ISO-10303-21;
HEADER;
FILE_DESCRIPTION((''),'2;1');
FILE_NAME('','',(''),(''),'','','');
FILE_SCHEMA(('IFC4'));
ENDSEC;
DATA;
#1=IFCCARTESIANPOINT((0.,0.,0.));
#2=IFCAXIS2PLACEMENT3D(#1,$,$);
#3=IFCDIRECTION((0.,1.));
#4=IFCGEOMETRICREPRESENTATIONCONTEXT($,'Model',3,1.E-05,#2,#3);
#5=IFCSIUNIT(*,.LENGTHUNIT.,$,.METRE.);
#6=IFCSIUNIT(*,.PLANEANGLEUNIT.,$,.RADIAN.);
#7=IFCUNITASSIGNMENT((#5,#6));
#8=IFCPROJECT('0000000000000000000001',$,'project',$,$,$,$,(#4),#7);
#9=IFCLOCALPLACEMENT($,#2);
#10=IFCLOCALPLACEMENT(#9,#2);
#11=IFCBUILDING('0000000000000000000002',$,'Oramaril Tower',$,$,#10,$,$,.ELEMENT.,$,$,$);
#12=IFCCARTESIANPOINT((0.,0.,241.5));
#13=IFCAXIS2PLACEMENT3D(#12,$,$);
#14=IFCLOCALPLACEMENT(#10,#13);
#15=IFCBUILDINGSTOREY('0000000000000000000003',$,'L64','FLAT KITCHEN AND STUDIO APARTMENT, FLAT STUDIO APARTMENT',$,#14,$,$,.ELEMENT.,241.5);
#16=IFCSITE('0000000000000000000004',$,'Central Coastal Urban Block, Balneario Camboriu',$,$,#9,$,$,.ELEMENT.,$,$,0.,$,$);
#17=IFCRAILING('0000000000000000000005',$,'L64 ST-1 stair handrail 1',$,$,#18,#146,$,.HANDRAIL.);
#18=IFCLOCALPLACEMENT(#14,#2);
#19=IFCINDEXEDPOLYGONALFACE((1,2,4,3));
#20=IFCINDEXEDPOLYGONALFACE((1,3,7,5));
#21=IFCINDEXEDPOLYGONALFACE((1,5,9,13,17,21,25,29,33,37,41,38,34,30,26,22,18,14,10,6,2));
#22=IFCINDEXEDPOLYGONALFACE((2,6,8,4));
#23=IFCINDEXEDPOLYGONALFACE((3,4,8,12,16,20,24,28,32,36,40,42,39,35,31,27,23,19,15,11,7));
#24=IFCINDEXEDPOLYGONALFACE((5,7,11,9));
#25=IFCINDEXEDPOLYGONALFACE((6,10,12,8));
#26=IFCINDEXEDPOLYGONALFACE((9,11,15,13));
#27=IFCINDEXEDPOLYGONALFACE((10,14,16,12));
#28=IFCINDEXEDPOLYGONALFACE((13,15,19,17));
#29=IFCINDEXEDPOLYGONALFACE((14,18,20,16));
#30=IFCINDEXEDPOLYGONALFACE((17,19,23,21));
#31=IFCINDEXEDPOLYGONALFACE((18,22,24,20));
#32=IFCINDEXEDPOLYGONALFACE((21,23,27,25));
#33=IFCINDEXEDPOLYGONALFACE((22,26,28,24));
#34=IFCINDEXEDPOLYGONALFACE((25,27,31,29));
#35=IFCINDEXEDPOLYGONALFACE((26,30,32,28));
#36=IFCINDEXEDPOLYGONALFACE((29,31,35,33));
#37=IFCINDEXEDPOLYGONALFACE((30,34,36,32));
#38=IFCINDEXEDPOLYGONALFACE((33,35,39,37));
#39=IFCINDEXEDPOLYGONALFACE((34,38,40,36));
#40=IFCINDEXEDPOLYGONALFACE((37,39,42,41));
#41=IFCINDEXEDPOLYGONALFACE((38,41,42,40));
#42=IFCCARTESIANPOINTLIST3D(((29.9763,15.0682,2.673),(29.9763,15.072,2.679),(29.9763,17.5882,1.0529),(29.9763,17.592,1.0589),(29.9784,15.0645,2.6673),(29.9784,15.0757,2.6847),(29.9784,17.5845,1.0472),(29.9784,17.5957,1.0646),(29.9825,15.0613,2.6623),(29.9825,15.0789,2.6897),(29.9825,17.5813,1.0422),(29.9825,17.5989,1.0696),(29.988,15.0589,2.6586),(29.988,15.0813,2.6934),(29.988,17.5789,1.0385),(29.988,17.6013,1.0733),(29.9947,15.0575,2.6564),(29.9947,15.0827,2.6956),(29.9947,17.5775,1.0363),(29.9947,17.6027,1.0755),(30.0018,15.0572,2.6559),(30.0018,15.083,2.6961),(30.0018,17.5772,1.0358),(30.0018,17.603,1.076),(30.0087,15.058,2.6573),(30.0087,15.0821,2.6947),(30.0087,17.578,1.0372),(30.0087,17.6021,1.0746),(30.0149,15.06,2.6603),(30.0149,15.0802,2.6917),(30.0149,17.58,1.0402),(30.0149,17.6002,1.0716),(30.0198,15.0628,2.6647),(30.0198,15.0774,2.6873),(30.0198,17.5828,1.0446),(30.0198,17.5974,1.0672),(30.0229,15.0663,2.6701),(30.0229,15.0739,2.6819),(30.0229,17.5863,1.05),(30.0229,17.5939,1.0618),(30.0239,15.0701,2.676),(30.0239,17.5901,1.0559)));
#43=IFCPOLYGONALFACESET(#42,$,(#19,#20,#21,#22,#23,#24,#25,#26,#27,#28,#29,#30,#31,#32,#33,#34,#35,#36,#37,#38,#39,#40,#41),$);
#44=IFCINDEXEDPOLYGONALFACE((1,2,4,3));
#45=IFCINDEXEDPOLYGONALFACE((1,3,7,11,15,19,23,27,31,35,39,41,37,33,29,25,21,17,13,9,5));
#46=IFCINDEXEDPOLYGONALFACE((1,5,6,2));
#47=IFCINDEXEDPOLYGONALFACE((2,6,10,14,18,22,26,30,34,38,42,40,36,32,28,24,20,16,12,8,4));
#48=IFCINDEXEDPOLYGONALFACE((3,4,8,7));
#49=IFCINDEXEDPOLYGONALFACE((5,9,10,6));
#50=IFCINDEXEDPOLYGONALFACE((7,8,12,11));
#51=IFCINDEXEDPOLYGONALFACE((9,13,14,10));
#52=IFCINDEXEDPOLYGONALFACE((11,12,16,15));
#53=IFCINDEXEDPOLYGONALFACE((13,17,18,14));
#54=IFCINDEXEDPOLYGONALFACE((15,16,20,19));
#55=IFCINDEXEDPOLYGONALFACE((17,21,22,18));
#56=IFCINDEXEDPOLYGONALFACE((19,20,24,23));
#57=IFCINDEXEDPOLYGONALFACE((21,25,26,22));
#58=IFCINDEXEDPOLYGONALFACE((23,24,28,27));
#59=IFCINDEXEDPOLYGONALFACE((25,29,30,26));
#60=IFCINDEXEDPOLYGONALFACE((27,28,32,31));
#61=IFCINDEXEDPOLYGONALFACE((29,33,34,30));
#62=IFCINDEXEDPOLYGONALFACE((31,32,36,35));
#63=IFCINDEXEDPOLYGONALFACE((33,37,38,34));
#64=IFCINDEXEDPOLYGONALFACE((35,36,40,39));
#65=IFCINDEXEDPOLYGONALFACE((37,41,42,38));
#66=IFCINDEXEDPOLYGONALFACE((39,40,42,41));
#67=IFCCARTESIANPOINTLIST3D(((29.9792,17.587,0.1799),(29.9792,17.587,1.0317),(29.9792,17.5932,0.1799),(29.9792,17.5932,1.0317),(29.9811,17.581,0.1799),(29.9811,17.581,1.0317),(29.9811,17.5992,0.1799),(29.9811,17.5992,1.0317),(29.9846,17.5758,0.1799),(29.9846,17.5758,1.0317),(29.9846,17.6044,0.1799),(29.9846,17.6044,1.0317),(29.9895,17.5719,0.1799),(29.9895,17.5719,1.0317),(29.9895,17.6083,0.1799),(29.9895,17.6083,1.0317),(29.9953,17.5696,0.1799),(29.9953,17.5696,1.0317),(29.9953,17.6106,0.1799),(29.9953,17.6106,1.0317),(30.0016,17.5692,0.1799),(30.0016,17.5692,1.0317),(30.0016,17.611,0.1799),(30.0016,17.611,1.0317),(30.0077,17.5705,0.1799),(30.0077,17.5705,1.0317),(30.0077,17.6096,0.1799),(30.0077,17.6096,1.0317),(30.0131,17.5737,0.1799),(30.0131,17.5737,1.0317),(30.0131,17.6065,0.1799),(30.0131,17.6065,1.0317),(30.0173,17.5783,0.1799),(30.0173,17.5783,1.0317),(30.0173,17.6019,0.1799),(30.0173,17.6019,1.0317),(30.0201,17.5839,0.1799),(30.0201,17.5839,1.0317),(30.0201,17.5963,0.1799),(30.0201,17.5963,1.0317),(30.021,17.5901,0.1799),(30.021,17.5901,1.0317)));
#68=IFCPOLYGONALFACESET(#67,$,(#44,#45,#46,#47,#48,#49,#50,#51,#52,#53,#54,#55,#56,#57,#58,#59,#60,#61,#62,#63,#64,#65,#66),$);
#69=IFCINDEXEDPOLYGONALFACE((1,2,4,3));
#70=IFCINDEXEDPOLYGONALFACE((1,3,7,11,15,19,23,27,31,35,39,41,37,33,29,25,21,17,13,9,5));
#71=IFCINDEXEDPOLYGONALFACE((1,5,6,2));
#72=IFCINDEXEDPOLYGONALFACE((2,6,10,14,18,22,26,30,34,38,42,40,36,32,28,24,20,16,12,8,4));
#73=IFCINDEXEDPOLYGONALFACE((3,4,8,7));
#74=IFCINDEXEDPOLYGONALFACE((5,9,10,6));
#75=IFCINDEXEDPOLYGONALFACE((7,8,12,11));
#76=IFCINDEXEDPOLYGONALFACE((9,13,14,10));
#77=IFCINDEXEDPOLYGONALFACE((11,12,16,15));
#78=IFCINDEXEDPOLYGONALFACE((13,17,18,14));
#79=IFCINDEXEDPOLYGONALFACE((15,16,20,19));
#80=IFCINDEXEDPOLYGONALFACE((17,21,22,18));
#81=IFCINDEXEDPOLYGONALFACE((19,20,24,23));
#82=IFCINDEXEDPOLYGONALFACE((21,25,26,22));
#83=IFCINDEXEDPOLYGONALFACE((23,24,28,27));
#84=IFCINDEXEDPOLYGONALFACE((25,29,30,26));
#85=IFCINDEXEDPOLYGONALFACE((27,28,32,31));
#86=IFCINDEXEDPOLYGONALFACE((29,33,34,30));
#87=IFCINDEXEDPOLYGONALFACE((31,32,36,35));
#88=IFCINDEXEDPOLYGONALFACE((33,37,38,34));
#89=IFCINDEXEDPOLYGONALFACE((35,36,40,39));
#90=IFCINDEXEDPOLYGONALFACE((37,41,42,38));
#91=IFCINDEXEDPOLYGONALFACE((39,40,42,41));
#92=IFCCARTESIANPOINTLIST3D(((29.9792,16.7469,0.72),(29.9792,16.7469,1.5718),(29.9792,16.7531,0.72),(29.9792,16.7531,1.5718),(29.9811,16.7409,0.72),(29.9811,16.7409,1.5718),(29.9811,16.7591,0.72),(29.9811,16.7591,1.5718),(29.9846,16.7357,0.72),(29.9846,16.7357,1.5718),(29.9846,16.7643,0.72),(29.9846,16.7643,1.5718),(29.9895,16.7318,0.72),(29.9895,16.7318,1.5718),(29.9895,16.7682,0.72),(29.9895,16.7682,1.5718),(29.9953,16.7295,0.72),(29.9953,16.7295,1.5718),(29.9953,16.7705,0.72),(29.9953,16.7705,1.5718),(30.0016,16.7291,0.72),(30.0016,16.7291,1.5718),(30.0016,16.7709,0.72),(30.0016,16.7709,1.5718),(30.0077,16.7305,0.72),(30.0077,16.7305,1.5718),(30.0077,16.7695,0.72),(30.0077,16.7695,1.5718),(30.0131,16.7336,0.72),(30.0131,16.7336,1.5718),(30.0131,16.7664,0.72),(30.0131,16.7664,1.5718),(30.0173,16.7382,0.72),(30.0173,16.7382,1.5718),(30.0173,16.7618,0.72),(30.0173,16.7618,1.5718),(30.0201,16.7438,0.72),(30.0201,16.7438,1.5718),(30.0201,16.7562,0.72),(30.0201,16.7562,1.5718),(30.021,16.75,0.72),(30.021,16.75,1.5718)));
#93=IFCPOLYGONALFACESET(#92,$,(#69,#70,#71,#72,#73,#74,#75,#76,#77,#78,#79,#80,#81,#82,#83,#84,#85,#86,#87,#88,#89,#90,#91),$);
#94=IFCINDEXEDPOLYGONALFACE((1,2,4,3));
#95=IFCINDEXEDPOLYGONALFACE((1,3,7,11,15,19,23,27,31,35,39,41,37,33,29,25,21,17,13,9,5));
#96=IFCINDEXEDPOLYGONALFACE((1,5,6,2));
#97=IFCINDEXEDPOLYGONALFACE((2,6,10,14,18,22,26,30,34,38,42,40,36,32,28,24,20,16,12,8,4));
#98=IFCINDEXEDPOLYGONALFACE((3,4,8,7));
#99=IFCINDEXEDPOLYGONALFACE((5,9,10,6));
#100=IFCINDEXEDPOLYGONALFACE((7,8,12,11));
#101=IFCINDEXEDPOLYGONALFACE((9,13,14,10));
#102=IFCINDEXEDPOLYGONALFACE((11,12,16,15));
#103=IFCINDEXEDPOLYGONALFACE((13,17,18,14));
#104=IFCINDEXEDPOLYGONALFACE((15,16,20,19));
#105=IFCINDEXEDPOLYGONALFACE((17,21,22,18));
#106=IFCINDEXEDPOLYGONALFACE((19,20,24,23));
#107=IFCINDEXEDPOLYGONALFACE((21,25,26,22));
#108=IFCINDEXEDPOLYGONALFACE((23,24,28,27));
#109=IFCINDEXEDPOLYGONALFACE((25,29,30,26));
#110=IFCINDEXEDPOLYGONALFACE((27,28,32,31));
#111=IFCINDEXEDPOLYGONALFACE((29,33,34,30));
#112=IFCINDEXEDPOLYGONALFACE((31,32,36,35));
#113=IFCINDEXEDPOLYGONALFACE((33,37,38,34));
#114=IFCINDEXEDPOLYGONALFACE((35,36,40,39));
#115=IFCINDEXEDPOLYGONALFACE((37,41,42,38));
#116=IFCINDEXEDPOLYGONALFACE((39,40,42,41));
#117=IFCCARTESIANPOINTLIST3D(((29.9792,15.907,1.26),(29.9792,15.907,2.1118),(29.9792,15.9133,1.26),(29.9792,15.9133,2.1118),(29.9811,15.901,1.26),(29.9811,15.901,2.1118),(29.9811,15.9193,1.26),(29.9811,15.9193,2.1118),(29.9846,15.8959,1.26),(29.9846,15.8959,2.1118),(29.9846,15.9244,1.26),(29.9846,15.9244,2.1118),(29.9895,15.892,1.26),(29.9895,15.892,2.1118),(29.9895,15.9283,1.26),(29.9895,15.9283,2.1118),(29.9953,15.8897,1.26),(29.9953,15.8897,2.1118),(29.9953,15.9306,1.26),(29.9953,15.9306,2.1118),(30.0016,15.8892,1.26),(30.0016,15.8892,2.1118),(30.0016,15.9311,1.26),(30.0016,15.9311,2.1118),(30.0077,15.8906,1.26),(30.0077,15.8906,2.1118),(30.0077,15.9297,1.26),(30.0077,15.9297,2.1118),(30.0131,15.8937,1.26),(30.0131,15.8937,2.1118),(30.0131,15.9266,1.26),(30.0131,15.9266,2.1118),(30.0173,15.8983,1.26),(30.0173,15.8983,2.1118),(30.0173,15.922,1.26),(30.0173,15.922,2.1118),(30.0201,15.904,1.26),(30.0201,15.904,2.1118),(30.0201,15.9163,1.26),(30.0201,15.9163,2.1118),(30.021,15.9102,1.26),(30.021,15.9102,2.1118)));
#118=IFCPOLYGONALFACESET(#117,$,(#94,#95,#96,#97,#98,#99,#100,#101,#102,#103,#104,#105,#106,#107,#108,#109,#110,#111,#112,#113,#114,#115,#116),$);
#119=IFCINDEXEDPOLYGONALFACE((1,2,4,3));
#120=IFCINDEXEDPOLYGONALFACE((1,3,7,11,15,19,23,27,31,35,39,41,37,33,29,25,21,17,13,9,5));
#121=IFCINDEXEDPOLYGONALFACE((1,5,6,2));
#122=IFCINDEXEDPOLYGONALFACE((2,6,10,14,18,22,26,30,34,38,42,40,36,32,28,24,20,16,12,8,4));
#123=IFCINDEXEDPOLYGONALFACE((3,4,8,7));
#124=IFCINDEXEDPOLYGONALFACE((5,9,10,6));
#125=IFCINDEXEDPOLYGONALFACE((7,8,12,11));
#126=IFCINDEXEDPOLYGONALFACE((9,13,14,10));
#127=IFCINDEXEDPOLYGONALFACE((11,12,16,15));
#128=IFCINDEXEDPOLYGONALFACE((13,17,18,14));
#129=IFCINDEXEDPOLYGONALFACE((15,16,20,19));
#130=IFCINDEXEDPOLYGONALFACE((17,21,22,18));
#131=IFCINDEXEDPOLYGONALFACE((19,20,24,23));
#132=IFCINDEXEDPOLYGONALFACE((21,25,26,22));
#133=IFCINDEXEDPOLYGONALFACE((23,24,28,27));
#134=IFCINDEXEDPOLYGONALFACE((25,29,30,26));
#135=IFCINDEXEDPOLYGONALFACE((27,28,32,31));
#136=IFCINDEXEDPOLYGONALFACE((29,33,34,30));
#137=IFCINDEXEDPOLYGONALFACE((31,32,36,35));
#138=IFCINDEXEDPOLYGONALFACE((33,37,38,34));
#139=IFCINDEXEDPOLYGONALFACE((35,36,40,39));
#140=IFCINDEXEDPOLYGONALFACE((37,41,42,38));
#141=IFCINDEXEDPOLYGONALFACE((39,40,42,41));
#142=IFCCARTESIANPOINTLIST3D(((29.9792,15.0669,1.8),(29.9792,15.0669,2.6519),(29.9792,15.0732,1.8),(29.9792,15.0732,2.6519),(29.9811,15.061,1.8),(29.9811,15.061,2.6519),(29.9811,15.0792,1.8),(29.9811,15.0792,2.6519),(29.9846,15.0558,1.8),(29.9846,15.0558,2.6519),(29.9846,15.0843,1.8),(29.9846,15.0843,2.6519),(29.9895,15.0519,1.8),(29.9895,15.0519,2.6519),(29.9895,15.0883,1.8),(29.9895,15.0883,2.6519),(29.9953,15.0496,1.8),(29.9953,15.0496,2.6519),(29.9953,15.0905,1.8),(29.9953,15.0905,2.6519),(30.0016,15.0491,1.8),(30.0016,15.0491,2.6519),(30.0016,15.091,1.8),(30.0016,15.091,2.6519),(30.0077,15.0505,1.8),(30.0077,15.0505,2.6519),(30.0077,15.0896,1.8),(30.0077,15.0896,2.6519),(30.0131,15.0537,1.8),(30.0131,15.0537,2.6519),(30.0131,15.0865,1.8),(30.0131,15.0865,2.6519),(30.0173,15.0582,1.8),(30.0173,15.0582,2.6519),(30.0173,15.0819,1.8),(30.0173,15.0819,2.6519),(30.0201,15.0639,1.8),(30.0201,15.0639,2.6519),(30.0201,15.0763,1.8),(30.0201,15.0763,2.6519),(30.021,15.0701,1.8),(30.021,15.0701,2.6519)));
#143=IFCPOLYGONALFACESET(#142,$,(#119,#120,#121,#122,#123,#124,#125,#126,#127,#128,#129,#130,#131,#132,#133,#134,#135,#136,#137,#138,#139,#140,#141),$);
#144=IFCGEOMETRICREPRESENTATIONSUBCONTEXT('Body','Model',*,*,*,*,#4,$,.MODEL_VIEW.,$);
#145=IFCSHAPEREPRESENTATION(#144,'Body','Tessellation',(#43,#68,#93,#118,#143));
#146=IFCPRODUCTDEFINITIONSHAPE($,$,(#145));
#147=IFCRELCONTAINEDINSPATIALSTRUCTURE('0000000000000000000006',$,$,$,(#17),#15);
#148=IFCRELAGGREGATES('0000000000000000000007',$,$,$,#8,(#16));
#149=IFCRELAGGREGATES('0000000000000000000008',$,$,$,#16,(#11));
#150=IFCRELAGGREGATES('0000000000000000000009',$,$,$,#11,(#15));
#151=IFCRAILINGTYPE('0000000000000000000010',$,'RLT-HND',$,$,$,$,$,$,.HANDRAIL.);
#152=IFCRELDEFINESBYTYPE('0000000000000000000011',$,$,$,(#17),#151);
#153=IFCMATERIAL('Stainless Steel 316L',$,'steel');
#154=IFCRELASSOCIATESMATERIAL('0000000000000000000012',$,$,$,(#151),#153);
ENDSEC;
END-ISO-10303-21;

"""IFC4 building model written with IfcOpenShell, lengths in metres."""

from ifc_helpers import new_model, si_unit, direction, frame, origin, origin_2d, place, context, subcontext, project, spatial, circle, extrude, material, type_object, element, save


model = new_model("IFC4")

# Units and contexts
model_context = context("Model", 3, precision=1e-05, world=origin(), true_north=direction((0.0, 1.0)))
body_context = subcontext(model_context, "Body", "Model", "MODEL_VIEW")
ifc_project = project(units=[si_unit("LENGTHUNIT", "METRE"), si_unit("PLANEANGLEUNIT", "RADIAN")], contexts=[model_context])

# Site, building, storey
site_placement = place(None, origin())
site = spatial("IfcSite", under=ifc_project, at=site_placement, Name="Central Coastal Urban Block, Balneario Camboriu", CompositionType="ELEMENT", RefElevation=0.0)
building_placement = place(site_placement, origin())
building = spatial("IfcBuilding", under=site, at=building_placement, Name="Oramaril Tower", CompositionType="ELEMENT")
storey_placement = place(building_placement, frame((0.0, 0.0, 241.5)))
storey = spatial("IfcBuildingStorey", under=building, at=storey_placement, Name="L64", Description="FLAT KITCHEN AND STUDIO APARTMENT, FLAT STUDIO APARTMENT", CompositionType="ELEMENT", Elevation=241.5)

# Railing
ifc_material_1 = material(Name="Stainless Steel 316L", Category="steel")
railing_type_1 = type_object("IfcRailingType", Name="RLT-HND", PredefinedType="HANDRAIL", material=ifc_material_1)
railing_1_placement = place(storey_placement, frame((30.0, 17.5901, 0.1799)))
element("IfcRailing", 1, at=railing_1_placement, inside=storey, type_object=railing_type_1, Name="L64 ST-1 stair handrail 1", PredefinedType="HANDRAIL", context=body_context, shape_type="SweptSolid", body=[
    extrude(circle(Radius=0.0239, at=origin_2d()), frame((0.0, 0.0, 0.876), z_axis=(0.0, -0.841163, 0.540782), x_axis=(1.0, 0.0, 0.0)), (0.0, 0.0, 1.0), 2.9958),
    extrude(circle(Radius=0.021, at=origin_2d()), origin(), (0.0, 0.0, 1.0), 0.8518),
    extrude(circle(Radius=0.021, at=origin_2d()), frame((0.0, -0.8401, 0.54)), (0.0, 0.0, 1.0), 0.8518),
    extrude(circle(Radius=0.021, at=origin_2d()), frame((0.0, -1.6799, 1.0801)), (0.0, 0.0, 1.0), 0.8518),
    extrude(circle(Radius=0.021, at=origin_2d()), frame((0.0, -2.52, 1.6201)), (0.0, 0.0, 1.0), 0.8518),
])

save(model, "model.ifc")
